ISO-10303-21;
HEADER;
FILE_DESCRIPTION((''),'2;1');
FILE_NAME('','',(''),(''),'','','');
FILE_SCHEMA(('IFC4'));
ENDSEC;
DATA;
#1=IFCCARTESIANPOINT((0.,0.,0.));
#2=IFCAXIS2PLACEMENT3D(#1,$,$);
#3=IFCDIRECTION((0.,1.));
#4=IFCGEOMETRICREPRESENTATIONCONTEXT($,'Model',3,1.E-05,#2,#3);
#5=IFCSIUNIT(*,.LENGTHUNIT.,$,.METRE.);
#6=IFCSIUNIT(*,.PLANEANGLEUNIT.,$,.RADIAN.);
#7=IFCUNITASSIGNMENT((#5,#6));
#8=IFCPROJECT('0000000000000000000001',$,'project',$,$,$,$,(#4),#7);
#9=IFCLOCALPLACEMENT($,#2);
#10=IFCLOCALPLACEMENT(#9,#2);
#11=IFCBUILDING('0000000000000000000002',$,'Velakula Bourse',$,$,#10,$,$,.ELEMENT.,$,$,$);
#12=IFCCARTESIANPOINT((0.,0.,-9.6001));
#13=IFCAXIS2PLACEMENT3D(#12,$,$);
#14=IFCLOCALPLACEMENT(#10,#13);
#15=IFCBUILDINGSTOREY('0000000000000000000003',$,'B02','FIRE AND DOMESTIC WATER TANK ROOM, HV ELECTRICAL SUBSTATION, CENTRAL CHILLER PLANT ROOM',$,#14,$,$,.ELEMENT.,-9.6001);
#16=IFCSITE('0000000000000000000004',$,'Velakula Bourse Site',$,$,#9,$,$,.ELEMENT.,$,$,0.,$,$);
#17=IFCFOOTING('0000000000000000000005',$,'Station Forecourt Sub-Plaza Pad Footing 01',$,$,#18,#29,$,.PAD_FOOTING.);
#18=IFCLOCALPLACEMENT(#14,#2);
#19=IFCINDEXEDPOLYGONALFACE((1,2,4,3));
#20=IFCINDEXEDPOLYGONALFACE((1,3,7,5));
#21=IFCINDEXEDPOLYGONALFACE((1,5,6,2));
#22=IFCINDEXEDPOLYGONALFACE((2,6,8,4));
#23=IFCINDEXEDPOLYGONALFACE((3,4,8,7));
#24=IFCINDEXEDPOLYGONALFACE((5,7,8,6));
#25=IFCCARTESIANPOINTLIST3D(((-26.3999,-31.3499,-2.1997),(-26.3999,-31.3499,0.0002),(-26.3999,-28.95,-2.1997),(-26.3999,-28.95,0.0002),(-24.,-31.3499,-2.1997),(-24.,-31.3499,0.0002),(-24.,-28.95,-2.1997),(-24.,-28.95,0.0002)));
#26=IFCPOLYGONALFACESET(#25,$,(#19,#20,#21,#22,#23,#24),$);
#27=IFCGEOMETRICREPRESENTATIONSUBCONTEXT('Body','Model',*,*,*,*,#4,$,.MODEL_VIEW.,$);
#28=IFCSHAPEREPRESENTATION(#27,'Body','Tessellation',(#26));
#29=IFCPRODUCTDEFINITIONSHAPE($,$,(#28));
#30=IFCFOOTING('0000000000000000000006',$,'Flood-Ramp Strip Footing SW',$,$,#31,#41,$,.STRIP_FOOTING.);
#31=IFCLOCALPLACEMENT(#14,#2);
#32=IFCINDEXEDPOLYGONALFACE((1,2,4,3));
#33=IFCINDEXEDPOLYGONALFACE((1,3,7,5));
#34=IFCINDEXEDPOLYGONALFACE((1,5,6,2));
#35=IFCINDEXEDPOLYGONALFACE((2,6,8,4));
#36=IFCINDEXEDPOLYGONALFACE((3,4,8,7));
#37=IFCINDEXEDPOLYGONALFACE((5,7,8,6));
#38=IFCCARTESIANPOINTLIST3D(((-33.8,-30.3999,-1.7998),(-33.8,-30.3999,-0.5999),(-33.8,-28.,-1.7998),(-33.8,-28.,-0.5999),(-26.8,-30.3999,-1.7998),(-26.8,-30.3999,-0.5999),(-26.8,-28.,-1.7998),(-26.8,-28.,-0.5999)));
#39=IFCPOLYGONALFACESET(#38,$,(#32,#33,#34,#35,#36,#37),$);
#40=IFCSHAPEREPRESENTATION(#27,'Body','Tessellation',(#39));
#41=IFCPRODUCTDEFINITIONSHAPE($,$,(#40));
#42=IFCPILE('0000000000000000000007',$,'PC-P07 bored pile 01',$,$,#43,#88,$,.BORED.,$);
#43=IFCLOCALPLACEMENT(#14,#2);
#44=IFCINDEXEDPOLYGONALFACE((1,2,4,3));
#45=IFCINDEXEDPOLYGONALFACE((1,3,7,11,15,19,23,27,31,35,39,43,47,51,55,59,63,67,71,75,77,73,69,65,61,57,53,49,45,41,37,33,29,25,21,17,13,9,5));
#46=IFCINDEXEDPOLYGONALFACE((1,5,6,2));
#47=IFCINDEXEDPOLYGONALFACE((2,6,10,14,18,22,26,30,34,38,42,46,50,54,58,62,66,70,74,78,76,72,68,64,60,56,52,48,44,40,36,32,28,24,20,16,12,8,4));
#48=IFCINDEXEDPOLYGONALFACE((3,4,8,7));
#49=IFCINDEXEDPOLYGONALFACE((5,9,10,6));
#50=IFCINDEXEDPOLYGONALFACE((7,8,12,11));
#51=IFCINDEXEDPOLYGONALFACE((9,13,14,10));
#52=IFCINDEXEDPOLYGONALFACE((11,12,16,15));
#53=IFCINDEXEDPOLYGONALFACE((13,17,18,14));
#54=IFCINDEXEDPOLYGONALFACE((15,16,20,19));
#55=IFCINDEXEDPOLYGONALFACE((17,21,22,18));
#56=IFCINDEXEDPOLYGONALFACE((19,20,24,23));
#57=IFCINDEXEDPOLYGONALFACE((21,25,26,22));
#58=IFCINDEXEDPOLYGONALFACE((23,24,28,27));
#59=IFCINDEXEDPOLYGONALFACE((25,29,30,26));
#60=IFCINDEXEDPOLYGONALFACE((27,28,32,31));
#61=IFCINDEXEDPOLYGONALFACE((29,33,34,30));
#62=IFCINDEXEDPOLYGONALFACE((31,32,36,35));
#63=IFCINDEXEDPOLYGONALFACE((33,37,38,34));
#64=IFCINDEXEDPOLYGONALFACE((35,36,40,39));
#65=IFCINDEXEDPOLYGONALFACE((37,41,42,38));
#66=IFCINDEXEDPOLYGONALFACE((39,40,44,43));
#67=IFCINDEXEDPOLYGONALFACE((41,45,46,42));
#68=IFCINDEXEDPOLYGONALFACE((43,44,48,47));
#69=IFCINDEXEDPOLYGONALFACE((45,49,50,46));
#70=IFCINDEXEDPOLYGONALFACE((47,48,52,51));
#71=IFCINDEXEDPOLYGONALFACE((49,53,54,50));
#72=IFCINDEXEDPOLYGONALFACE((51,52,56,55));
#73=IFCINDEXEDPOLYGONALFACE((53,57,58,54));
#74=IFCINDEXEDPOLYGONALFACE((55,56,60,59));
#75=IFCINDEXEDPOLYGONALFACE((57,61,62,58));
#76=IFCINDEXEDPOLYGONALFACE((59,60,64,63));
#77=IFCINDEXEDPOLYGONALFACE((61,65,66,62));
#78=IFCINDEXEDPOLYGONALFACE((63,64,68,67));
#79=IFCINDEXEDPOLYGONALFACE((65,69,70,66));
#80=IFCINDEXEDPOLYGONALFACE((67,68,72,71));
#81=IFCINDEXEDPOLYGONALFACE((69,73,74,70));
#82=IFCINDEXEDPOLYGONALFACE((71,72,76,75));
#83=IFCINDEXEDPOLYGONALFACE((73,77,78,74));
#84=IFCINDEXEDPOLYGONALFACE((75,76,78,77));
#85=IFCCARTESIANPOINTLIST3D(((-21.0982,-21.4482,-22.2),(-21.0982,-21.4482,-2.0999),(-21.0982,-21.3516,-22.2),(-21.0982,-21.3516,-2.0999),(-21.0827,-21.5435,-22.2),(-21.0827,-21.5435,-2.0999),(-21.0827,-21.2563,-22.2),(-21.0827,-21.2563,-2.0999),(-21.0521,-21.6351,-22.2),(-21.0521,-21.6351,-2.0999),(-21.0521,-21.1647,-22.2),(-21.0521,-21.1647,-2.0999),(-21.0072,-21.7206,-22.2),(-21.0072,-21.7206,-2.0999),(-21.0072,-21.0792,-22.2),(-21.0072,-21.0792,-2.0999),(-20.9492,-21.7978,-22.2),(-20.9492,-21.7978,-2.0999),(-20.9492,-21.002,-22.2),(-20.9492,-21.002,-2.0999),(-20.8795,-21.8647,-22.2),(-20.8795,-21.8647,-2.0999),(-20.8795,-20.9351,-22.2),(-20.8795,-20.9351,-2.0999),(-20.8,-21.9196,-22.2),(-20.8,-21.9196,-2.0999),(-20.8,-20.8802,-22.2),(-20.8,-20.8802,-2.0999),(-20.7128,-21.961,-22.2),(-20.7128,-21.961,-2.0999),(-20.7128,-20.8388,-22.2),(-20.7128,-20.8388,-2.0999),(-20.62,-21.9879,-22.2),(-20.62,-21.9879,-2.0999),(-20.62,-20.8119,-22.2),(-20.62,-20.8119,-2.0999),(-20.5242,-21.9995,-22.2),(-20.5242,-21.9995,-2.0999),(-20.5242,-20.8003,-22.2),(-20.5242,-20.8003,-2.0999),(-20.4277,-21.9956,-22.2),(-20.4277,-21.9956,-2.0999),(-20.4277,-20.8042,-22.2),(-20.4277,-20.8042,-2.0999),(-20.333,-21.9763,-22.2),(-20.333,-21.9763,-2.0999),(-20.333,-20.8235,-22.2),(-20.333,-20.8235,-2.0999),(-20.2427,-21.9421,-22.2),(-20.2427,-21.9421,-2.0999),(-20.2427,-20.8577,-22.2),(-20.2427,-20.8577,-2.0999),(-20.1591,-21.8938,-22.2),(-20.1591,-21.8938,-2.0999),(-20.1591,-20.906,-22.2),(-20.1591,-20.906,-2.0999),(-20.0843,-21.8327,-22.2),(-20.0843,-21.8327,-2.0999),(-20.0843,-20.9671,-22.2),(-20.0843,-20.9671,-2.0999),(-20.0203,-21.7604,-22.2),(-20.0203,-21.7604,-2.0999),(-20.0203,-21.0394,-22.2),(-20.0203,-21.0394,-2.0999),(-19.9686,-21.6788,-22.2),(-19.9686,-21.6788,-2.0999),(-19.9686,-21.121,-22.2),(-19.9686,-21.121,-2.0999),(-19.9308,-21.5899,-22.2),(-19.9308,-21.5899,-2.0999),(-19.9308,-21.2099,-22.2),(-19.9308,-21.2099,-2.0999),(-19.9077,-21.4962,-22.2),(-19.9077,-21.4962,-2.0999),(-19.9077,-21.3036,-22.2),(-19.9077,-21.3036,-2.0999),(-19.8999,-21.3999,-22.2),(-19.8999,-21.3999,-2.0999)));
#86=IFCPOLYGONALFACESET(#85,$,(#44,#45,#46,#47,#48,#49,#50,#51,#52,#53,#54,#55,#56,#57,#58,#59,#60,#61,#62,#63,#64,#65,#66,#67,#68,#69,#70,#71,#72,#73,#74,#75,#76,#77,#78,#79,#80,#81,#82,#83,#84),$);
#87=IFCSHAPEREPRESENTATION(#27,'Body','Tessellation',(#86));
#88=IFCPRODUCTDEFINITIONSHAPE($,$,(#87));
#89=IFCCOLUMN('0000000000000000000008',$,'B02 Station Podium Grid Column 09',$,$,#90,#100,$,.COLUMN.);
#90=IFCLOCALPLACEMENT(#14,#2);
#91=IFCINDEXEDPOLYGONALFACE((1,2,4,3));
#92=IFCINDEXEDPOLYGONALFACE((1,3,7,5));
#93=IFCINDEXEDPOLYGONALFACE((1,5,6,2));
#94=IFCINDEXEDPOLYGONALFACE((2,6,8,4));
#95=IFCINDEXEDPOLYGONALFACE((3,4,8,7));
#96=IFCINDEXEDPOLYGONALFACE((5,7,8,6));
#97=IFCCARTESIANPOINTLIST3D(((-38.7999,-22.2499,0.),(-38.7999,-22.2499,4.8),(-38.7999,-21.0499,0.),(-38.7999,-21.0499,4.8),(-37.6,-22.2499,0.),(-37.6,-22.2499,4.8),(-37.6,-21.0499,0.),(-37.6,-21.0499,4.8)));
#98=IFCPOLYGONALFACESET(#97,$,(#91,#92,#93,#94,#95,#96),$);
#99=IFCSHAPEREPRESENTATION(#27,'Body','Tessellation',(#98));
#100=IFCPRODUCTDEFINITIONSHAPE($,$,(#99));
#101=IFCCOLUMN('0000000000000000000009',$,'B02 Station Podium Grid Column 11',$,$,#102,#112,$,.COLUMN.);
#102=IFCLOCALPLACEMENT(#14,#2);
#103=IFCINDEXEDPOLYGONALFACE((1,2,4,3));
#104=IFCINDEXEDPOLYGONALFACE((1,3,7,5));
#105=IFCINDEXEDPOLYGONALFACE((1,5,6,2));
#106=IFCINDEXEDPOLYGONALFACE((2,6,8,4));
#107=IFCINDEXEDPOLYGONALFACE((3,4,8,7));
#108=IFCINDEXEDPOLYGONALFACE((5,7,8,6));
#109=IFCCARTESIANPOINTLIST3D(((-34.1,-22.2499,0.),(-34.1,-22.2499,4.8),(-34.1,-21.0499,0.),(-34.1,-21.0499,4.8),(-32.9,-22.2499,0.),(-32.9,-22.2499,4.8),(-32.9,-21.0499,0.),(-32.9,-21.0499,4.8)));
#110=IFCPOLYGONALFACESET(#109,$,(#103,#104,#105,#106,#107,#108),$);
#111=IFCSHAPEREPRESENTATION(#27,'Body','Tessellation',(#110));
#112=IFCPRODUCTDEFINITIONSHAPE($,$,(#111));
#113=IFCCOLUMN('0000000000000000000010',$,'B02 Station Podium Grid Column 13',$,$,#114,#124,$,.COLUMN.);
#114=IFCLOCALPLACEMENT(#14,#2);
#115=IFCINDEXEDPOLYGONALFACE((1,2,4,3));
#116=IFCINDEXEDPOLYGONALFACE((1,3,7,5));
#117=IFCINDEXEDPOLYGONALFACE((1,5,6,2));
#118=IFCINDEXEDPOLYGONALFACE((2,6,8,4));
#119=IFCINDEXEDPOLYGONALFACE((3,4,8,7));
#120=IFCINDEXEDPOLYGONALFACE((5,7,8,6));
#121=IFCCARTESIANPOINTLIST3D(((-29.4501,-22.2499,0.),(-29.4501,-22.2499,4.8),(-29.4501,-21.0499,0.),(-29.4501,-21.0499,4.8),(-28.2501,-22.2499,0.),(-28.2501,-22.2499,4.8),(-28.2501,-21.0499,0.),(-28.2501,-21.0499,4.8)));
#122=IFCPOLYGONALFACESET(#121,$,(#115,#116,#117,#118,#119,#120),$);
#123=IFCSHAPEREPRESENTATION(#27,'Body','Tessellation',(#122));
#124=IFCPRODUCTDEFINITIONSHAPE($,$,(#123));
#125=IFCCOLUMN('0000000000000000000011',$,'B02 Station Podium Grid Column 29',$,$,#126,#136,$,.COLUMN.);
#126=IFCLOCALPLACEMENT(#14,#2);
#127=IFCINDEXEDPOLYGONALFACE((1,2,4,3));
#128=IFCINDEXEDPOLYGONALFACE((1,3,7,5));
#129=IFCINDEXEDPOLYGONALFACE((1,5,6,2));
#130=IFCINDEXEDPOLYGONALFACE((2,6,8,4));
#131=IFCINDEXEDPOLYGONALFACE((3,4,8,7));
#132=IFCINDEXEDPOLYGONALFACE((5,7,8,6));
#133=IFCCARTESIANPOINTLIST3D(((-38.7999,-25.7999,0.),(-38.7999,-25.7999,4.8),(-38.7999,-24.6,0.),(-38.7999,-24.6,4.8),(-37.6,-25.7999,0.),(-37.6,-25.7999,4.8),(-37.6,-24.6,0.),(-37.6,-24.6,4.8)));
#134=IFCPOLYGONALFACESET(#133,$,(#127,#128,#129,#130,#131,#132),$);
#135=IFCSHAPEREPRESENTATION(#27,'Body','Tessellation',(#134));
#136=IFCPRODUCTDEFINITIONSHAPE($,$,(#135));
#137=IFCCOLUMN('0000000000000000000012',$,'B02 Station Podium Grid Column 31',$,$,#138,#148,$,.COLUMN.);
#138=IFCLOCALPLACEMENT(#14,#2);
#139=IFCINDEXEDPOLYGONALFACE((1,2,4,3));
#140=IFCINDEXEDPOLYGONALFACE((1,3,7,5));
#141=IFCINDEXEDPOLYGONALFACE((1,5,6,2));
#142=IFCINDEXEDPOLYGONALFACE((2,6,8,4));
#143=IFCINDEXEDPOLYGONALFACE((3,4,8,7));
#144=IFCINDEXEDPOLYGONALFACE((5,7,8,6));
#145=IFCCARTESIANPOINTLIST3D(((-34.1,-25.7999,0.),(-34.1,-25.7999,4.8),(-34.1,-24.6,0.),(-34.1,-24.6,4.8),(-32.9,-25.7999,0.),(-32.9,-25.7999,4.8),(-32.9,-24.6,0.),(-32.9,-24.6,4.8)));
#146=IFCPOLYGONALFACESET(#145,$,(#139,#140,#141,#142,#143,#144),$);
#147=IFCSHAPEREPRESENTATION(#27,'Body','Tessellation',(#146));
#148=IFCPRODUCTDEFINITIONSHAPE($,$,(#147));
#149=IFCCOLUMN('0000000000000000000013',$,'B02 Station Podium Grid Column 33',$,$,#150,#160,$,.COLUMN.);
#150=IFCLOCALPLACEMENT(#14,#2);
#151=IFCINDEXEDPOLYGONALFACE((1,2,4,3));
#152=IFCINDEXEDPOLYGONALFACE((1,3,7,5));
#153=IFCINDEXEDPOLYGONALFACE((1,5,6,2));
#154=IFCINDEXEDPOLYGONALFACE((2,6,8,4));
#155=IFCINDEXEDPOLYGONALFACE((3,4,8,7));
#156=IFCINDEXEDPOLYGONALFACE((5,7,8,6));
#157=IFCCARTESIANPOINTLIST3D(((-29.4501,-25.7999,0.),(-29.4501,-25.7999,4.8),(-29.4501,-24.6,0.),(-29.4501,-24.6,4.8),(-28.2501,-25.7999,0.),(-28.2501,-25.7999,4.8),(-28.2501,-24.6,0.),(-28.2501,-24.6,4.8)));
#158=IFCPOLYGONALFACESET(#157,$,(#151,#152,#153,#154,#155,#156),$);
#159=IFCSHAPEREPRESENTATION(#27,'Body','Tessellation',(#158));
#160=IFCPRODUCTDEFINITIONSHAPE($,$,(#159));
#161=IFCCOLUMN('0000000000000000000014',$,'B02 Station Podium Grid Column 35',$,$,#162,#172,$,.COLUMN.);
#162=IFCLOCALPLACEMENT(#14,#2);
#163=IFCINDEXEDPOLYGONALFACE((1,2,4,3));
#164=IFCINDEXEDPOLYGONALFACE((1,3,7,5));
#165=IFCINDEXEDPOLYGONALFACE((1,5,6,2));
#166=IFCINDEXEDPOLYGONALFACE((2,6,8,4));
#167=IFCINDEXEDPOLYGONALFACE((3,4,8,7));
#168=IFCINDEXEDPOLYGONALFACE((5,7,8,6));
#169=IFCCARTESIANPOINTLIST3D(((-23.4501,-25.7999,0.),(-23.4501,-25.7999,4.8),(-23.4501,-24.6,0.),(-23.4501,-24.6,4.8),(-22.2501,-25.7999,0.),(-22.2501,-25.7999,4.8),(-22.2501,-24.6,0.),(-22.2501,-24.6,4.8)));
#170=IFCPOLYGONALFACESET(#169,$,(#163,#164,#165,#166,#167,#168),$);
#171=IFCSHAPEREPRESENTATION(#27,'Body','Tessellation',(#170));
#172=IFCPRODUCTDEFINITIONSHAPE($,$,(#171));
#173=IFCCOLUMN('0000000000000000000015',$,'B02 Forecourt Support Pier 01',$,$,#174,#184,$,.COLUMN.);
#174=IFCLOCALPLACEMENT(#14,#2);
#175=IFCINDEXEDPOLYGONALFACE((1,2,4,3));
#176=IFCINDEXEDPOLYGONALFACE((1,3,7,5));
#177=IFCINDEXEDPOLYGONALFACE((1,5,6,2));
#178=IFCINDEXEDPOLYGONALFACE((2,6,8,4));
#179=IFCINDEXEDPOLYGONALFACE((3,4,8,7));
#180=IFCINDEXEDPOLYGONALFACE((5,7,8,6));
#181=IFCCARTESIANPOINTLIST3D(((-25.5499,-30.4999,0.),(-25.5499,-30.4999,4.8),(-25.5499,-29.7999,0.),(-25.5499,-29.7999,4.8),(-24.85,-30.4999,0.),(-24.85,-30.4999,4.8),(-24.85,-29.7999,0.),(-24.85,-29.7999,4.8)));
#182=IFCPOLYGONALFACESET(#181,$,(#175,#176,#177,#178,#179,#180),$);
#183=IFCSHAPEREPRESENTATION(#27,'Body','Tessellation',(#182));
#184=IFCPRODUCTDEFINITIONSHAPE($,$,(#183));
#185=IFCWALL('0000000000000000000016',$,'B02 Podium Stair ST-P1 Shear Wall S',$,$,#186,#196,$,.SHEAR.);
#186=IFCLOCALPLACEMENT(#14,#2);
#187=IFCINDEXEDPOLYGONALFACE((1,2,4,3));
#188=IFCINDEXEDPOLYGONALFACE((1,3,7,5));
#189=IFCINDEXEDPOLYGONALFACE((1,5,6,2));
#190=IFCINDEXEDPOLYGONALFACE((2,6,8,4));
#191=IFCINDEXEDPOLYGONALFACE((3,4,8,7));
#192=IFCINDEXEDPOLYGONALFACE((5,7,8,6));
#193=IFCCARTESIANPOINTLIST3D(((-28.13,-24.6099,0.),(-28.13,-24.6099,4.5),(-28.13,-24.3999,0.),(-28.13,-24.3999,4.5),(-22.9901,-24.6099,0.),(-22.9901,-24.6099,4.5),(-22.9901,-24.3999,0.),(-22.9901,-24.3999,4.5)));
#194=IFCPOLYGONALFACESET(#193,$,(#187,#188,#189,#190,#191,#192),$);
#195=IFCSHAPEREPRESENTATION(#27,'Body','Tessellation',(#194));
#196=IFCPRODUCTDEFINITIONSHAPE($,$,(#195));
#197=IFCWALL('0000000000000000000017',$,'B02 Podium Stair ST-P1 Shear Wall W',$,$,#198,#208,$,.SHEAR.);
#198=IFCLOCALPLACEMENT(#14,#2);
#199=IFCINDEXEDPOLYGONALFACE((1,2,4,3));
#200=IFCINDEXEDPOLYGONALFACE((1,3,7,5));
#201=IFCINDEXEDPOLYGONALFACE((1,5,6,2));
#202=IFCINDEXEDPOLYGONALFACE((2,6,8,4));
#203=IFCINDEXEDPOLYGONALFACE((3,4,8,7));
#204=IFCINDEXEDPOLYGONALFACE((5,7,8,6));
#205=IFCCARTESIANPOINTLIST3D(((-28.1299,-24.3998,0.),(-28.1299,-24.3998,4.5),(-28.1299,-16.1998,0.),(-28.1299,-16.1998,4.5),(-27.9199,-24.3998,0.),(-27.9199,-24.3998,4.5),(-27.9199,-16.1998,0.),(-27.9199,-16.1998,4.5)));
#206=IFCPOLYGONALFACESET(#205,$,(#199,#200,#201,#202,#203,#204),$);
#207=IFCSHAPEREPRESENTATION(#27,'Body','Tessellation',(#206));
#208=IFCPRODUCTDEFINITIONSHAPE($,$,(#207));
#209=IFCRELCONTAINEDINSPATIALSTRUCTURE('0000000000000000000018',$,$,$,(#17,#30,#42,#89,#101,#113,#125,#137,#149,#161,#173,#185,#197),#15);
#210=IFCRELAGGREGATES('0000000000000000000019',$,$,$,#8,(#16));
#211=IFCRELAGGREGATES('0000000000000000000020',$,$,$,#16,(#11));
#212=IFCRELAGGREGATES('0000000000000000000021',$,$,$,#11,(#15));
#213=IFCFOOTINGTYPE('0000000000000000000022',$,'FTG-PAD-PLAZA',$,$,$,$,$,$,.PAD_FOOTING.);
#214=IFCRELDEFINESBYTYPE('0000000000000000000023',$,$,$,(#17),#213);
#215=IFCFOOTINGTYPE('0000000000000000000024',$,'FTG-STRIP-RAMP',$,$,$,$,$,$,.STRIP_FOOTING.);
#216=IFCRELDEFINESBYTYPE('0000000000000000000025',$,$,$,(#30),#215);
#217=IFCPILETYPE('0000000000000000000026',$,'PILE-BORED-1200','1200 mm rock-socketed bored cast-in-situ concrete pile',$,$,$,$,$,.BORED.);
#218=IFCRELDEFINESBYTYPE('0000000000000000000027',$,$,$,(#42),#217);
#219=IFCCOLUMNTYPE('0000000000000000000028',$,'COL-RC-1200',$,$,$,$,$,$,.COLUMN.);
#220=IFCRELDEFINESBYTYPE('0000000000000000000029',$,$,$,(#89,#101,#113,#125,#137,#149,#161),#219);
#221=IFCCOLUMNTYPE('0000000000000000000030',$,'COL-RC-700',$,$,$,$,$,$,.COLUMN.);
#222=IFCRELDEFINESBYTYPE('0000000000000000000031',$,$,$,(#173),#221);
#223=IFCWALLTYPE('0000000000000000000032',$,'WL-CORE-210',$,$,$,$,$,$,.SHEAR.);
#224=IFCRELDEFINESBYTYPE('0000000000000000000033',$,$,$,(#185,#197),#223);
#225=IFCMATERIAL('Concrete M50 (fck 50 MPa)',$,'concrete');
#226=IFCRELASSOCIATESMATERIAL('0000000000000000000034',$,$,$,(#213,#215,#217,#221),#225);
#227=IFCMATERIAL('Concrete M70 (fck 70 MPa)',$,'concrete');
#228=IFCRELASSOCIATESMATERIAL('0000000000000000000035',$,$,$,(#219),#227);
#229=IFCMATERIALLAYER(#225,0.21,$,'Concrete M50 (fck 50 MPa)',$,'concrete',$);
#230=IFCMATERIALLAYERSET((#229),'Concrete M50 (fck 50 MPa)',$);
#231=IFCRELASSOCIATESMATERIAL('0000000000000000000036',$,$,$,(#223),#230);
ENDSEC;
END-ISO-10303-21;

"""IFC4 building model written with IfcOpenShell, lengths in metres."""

from ifc_helpers import new_model, si_unit, direction, frame, frame_2d, origin, origin_2d, place, context, subcontext, project, spatial, rectangle, circle, extrude, material, layer, layer_set, material_profile, profile_set, type_object, element, save


model = new_model("IFC4")

# Units and contexts
model_context = context("Model", 3, precision=1e-05, world=origin(), true_north=direction((0.0, 1.0)))
body_context = subcontext(model_context, "Body", "Model", "MODEL_VIEW")
ifc_project = project(units=[si_unit("LENGTHUNIT", "METRE"), si_unit("PLANEANGLEUNIT", "RADIAN")], contexts=[model_context])

# Site, building, storey
site_placement = place(None, origin())
site = spatial("IfcSite", under=ifc_project, at=site_placement, Name="Velakula Bourse Site", CompositionType="ELEMENT", RefElevation=0.0)
building_placement = place(site_placement, origin())
building = spatial("IfcBuilding", under=site, at=building_placement, Name="Velakula Bourse", CompositionType="ELEMENT")
storey_placement = place(building_placement, frame((0.0, 0.0, -9.6001)))
storey = spatial("IfcBuildingStorey", under=building, at=storey_placement, Name="B02", Description="FIRE AND DOMESTIC WATER TANK ROOM, HV ELECTRICAL SUBSTATION, CENTRAL CHILLER PLANT ROOM", CompositionType="ELEMENT", Elevation=-9.6001)

# Footings
ifc_material_1 = material(Name="Concrete M50 (fck 50 MPa)", Category="concrete")
footing_type_1 = type_object("IfcFootingType", Name="FTG-PAD-PLAZA", PredefinedType="PAD_FOOTING", material=ifc_material_1)
footing_1_placement = place(storey_placement, frame((-25.2, -30.1499, -2.1997), z_axis=(0.0, 0.0, 1.0), x_axis=(1.0, 0.0, 0.0)))
element("IfcFooting", 1, at=footing_1_placement, inside=storey, type_object=footing_type_1, Name="Station Forecourt Sub-Plaza Pad Footing 01", PredefinedType="PAD_FOOTING", context=body_context, shape_type="SweptSolid", body=[
    extrude(rectangle(XDim=2.3999, YDim=2.3999, at=origin_2d()), origin(), (0.0, 0.0, 1.0), 2.2),
])
footing_type_2 = type_object("IfcFootingType", Name="FTG-STRIP-RAMP", PredefinedType="STRIP_FOOTING", material=ifc_material_1)
footing_2_placement = place(storey_placement, frame((-30.3, -29.2, -1.7998), z_axis=(0.0, 0.0, 1.0), x_axis=(1.0, 0.0, 0.0)))
element("IfcFooting", 2, at=footing_2_placement, inside=storey, type_object=footing_type_2, Name="Flood-Ramp Strip Footing SW", PredefinedType="STRIP_FOOTING", context=body_context, shape_type="SweptSolid", body=[
    extrude(rectangle(XDim=7.0, YDim=2.3999, at=origin_2d()), origin(), (0.0, 0.0, 1.0), 1.2),
])

# Pile
ifc_material_profile_1 = material_profile(ifc_material_1, circle(Radius=0.6001, at=origin_2d()), Name="Concrete M50 (fck 50 MPa)")
ifc_profile_set_1 = profile_set([ifc_material_profile_1], Name="Concrete M50 (fck 50 MPa)")
pile_type = type_object("IfcPileType", Name="PILE-BORED-1200", Description="1200 mm rock-socketed bored cast-in-situ concrete pile", PredefinedType="BORED", material=ifc_profile_set_1)
pile_placement = place(storey_placement, frame((-20.5, -21.3999, -2.0999), z_axis=(0.0, 0.0, -1.0), x_axis=(1.0, 0.0, 0.0)))
element("IfcPile", 3, at=pile_placement, inside=storey, type_object=pile_type, Name="PC-P07 bored pile 01", PredefinedType="BORED", context=body_context, shape_type="SweptSolid", body=[
    extrude(circle(Radius=0.6001, at=origin_2d()), origin(), (0.0, 0.0, 1.0), 20.1001),
])

# Columns
ifc_material_2 = material(Name="Concrete M70 (fck 70 MPa)", Category="concrete")
ifc_material_profile_2 = material_profile(ifc_material_2, rectangle(XDim=1.2, YDim=1.2, at=origin_2d()), Name="Concrete M70 (fck 70 MPa)")
ifc_profile_set_2 = profile_set([ifc_material_profile_2], Name="Concrete M70 (fck 70 MPa)")
column_type_1 = type_object("IfcColumnType", Name="COL-RC-1200", PredefinedType="COLUMN", material=ifc_profile_set_2)
for number, where, z_axis, x_axis, name in (
    (4, (-38.2, -21.6499, 0.0), (0.0, 0.0, 1.0), (1.0, 0.0, 0.0), "B02 Station Podium Grid Column 09"),
    (5, (-33.5, -21.6499, 0.0), (0.0, 0.0, 1.0), (1.0, 0.0, 0.0), "B02 Station Podium Grid Column 11"),
    (6, (-28.8501, -21.6499, 0.0), (0.0, 0.0, 1.0), (1.0, 0.0, 0.0), "B02 Station Podium Grid Column 13"),
    (7, (-38.2, -25.2, 0.0), (0.0, 0.0, 1.0), (1.0, 0.0, 0.0), "B02 Station Podium Grid Column 29"),
    (8, (-33.5, -25.2, 0.0), (0.0, 0.0, 1.0), (1.0, 0.0, 0.0), "B02 Station Podium Grid Column 31"),
    (9, (-28.8501, -25.2, 0.0), (0.0, 0.0, 1.0), (1.0, 0.0, 0.0), "B02 Station Podium Grid Column 33"),
    (10, (-22.8501, -25.2, 0.0), (0.0, 0.0, 1.0), (1.0, 0.0, 0.0), "B02 Station Podium Grid Column 35"),
):
    element("IfcColumn", number, at=place(storey_placement, frame(where, z_axis=z_axis, x_axis=x_axis)), inside=storey, type_object=column_type_1, Name=name, PredefinedType="COLUMN", context=body_context, shape_type="SweptSolid", body=[
        extrude(rectangle(XDim=1.2, YDim=1.2, at=origin_2d()), origin(), (0.0, 0.0, 1.0), 4.8),
    ])
ifc_material_profile_3 = material_profile(ifc_material_1, rectangle(XDim=0.7, YDim=0.7, at=origin_2d()), Name="Concrete M50 (fck 50 MPa)")
ifc_profile_set_3 = profile_set([ifc_material_profile_3], Name="Concrete M50 (fck 50 MPa)")
column_type_2 = type_object("IfcColumnType", Name="COL-RC-700", PredefinedType="COLUMN", material=ifc_profile_set_3)
column_placement = place(storey_placement, frame((-25.2, -30.1499, 0.0), z_axis=(0.0, 0.0, 1.0), x_axis=(1.0, 0.0, 0.0)))
element("IfcColumn", 11, at=column_placement, inside=storey, type_object=column_type_2, Name="B02 Forecourt Support Pier 01", PredefinedType="COLUMN", context=body_context, shape_type="SweptSolid", body=[
    extrude(rectangle(XDim=0.7, YDim=0.7, at=origin_2d()), origin(), (0.0, 0.0, 1.0), 4.8),
])

# Walls
ifc_layer_1 = layer(ifc_material_1, 0.21, Name="Concrete M50 (fck 50 MPa)", Category="concrete")
ifc_layer_set_1 = layer_set([ifc_layer_1], Name="Concrete M50 (fck 50 MPa)")
wall_type_1 = type_object("IfcWallType", Name="WL-CORE-210", PredefinedType="SHEAR", material=ifc_layer_set_1)
wall_1_placement = place(storey_placement, frame((-28.1299, -24.5049, 0.0), z_axis=(0.0, 0.0, 1.0), x_axis=(1.0, 0.0, 0.0)))
element("IfcWall", 12, at=wall_1_placement, inside=storey, type_object=wall_type_1, Name="B02 Podium Stair ST-P1 Shear Wall S", PredefinedType="SHEAR", context=body_context, shape_type="SweptSolid", body=[
    extrude(rectangle(XDim=5.1399, YDim=0.21, at=frame_2d((2.5698, 0.0))), origin(), (0.0, 0.0, 1.0), 4.5),
])
wall_2_placement = place(storey_placement, frame((-28.0249, -24.3999, 0.0), z_axis=(0.0, 0.0, 1.0), x_axis=(0.0, 1.0, 0.0)))
element("IfcWall", 13, at=wall_2_placement, inside=storey, type_object=wall_type_1, Name="B02 Podium Stair ST-P1 Shear Wall W", PredefinedType="SHEAR", context=body_context, shape_type="SweptSolid", body=[
    extrude(rectangle(XDim=8.2, YDim=0.21, at=frame_2d((4.1001, 0.0))), origin(), (0.0, 0.0, 1.0), 4.5),
])

save(model, "model.ifc")
